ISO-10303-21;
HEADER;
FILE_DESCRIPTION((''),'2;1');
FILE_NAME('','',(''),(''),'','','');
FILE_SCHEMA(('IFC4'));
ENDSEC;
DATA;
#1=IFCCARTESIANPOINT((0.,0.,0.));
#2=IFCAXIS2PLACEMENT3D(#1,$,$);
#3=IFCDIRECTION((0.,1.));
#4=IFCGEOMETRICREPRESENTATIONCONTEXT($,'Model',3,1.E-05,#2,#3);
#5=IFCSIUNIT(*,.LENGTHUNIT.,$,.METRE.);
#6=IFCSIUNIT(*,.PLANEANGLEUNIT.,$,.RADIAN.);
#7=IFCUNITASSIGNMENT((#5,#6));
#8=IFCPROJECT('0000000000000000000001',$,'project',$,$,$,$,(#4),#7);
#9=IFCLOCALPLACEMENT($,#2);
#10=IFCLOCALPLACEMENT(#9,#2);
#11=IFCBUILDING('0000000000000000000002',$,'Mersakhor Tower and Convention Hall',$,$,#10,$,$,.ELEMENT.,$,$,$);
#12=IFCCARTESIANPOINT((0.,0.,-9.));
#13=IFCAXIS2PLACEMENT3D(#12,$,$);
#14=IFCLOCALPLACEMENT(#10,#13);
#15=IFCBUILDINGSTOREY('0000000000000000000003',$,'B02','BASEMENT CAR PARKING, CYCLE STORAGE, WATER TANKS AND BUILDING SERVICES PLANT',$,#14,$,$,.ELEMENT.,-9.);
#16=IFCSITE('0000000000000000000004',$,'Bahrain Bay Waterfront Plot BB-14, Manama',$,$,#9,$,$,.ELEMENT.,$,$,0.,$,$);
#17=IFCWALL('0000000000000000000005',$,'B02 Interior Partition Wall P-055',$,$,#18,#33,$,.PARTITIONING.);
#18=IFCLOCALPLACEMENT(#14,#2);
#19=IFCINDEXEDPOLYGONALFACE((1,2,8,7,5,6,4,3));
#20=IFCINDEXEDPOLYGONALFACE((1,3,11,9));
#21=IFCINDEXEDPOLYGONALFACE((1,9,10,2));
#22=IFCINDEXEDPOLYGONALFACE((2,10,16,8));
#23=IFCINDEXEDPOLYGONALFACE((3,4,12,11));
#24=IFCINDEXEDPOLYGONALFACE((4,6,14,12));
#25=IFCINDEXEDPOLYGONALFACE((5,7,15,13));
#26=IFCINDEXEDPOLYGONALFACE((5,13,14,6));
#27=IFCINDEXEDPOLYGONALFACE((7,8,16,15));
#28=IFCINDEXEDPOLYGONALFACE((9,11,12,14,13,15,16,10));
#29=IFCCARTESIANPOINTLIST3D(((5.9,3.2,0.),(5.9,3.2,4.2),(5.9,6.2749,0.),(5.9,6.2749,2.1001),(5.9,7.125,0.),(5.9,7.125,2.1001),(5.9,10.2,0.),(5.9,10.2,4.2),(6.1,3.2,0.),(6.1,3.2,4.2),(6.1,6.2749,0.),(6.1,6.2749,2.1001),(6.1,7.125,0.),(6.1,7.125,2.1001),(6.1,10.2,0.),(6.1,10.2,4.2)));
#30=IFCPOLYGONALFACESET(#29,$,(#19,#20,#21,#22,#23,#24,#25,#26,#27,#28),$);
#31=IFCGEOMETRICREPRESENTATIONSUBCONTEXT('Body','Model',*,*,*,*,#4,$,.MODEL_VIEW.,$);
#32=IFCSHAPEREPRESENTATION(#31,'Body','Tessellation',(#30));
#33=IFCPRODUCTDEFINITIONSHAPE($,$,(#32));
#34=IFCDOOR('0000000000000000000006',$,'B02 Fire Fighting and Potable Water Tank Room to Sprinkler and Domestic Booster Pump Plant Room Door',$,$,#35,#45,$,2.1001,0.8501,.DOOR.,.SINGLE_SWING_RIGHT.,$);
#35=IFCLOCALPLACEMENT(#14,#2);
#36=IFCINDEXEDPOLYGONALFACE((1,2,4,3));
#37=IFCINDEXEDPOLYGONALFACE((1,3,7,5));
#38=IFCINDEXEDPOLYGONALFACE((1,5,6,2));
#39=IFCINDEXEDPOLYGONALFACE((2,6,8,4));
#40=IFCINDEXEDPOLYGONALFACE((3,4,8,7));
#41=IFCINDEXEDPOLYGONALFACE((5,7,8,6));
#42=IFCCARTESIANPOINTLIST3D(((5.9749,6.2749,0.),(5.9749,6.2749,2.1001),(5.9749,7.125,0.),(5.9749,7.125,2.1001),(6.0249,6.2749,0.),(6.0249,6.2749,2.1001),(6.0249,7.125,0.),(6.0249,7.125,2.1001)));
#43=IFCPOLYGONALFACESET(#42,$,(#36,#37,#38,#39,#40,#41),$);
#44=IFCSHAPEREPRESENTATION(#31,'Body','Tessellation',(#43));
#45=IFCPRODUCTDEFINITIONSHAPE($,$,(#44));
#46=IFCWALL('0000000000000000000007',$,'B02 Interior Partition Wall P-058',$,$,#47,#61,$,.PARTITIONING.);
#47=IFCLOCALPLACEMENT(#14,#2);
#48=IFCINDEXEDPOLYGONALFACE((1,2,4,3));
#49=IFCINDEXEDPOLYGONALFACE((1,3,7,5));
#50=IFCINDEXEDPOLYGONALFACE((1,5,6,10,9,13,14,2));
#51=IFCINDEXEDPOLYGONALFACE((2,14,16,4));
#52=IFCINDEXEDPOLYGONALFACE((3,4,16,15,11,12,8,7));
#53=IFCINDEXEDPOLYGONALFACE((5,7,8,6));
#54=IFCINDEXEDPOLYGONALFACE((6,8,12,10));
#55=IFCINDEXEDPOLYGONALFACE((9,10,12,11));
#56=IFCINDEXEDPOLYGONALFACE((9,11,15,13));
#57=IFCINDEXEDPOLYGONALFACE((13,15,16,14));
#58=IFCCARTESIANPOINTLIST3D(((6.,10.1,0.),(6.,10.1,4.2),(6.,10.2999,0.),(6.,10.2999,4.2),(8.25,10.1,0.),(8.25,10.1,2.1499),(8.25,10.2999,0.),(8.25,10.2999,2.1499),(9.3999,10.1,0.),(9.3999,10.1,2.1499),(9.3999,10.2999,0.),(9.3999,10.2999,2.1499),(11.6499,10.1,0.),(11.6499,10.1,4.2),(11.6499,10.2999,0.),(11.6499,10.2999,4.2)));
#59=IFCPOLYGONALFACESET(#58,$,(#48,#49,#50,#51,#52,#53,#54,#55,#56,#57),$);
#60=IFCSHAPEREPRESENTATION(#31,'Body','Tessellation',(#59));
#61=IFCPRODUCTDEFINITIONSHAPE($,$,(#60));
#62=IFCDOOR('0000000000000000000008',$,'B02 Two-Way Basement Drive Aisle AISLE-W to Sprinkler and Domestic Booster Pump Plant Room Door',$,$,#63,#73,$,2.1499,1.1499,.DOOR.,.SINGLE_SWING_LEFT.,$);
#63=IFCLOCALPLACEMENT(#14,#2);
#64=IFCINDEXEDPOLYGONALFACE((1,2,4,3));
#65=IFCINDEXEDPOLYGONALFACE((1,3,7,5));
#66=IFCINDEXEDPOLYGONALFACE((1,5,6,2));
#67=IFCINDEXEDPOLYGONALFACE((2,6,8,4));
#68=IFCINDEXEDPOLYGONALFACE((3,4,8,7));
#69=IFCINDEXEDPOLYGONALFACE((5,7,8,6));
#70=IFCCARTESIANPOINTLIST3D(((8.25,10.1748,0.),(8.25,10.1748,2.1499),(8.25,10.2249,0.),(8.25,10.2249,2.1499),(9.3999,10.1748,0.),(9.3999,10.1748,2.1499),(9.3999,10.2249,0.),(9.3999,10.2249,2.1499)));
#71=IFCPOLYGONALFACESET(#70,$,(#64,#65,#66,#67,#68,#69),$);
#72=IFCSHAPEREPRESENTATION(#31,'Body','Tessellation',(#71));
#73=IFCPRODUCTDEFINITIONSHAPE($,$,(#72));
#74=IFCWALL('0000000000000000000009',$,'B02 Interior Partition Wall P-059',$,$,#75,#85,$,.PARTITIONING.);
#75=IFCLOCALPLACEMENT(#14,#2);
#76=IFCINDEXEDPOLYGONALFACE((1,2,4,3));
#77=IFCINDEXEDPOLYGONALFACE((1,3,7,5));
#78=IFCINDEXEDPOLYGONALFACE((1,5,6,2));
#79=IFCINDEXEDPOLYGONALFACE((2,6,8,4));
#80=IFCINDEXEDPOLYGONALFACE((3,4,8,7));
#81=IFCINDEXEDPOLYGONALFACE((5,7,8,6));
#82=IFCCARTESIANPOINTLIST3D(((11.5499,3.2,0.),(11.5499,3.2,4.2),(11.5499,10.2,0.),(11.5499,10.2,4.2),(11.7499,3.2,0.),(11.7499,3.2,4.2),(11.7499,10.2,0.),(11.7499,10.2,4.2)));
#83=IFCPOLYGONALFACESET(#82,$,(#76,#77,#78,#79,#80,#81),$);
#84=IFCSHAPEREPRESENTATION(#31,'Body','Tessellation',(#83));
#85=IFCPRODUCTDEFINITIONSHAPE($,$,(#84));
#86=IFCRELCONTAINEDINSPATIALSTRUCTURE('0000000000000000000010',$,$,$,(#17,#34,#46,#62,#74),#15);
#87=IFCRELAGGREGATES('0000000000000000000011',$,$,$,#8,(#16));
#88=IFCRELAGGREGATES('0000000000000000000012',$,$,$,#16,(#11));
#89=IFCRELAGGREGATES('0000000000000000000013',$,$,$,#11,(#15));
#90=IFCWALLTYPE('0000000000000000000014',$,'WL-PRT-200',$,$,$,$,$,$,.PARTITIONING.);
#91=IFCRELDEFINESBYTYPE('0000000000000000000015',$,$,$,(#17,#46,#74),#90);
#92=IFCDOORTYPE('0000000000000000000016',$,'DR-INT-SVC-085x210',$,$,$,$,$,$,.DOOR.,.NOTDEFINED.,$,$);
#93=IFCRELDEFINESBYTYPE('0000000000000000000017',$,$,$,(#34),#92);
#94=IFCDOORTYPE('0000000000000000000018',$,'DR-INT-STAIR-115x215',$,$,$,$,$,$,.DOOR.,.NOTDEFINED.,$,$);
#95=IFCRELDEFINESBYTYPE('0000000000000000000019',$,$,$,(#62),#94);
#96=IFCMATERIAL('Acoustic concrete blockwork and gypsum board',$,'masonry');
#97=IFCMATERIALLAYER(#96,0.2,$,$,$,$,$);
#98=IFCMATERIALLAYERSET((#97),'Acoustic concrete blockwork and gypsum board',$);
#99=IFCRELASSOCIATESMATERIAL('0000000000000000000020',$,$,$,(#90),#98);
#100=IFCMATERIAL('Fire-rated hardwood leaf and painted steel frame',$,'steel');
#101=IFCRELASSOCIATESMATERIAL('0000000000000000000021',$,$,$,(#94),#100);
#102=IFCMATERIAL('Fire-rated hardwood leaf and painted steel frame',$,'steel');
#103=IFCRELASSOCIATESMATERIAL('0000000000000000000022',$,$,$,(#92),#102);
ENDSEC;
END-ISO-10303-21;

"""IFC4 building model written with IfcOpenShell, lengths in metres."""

from ifc_helpers import new_model, si_unit, direction, frame, frame_2d, origin, place, context, subcontext, project, spatial, rectangle, extrude, material, layer, layer_set, type_object, element, fill, save


model = new_model("IFC4")

# Units and contexts
model_context = context("Model", 3, precision=1e-05, world=origin(), true_north=direction((0.0, 1.0)))
body_context = subcontext(model_context, "Body", "Model", "MODEL_VIEW")
ifc_project = project(units=[si_unit("LENGTHUNIT", "METRE"), si_unit("PLANEANGLEUNIT", "RADIAN")], contexts=[model_context])

# Site, building, storey
site_placement = place(None, origin())
site = spatial("IfcSite", under=ifc_project, at=site_placement, Name="Bahrain Bay Waterfront Plot BB-14, Manama", CompositionType="ELEMENT", RefElevation=0.0)
building_placement = place(site_placement, origin())
building = spatial("IfcBuilding", under=site, at=building_placement, Name="Mersakhor Tower and Convention Hall", CompositionType="ELEMENT")
storey_placement = place(building_placement, frame((0.0, 0.0, -9.0)))
storey = spatial("IfcBuildingStorey", under=building, at=storey_placement, Name="B02", Description="BASEMENT CAR PARKING, CYCLE STORAGE, WATER TANKS AND BUILDING SERVICES PLANT", CompositionType="ELEMENT", Elevation=-9.0)

# Shared definitions
ifc_material_1 = material(Name="Acoustic concrete blockwork and gypsum board", Category="masonry")
ifc_layer_1 = layer(ifc_material_1, 0.2)
ifc_layer_set_1 = layer_set([ifc_layer_1], Name="Acoustic concrete blockwork and gypsum board")
wall_type_1 = type_object("IfcWallType", Name="WL-PRT-200", PredefinedType="PARTITIONING", material=ifc_layer_set_1)
ifc_material_2 = material(Name="Fire-rated hardwood leaf and painted steel frame", Category="steel")
door_type_1 = type_object("IfcDoorType", Name="DR-INT-STAIR-115x215", OperationType="NOTDEFINED", PredefinedType="DOOR", material=ifc_material_2)

# Walls, openings, doors
wall_1_placement = place(storey_placement, frame((6.0, 10.2, 0.0), z_axis=(0.0, 0.0, 1.0), x_axis=(0.0, -1.0, 0.0)))
wall_1 = element("IfcWall", 1, at=wall_1_placement, inside=storey, type_object=wall_type_1, Name="B02 Interior Partition Wall P-055", PredefinedType="PARTITIONING", context=body_context, shape_type="SweptSolid", body=[
    extrude(rectangle(XDim=7.0, YDim=0.2, at=frame_2d((3.5, 0.0))), origin(), (0.0, 0.0, 1.0), 4.2),
])
opening_1_placement = place(wall_1_placement, frame((3.075, 0.0, 0.0)))
opening_1 = element("IfcOpeningElement", 2, at=opening_1_placement, cuts=wall_1, PredefinedType="OPENING", context=body_context, shape_type="SweptSolid", body=[
    extrude(rectangle(XDim=0.8501, YDim=2.1001, at=frame_2d((0.425, 1.05))), frame((0.0, 0.1099, 0.0), z_axis=(0.0, -1.0, 0.0), x_axis=(1.0, 0.0, 0.0)), (0.0, 0.0, 1.0), 0.22),
])
ifc_material_3 = material(Name="Fire-rated hardwood leaf and painted steel frame", Category="steel")
door_type_2 = type_object("IfcDoorType", Name="DR-INT-SVC-085x210", OperationType="NOTDEFINED", PredefinedType="DOOR", material=ifc_material_3)
door_1_placement = place(opening_1_placement, origin())
door_1 = element("IfcDoor", 3, at=door_1_placement, inside=storey, type_object=door_type_2, Name="B02 Fire Fighting and Potable Water Tank Room to Sprinkler and Domestic Booster Pump Plant Room Door", OperationType="SINGLE_SWING_RIGHT", OverallHeight=2.1001, OverallWidth=0.8501, PredefinedType="DOOR", context=body_context, shape_type="SweptSolid", body=[
    extrude(rectangle(XDim=0.8501, YDim=2.1001, at=frame_2d((0.425, 1.05))), frame((0.0, 0.0249, 0.0), z_axis=(0.0, -1.0, 0.0), x_axis=(1.0, 0.0, 0.0)), (0.0, 0.0, 1.0), 0.05),
])
fill(opening_1, door_1)
wall_2_placement = place(storey_placement, frame((6.0, 10.2, 0.0), z_axis=(0.0, 0.0, 1.0), x_axis=(1.0, 0.0, 0.0)))
wall_2 = element("IfcWall", 4, at=wall_2_placement, inside=storey, type_object=wall_type_1, Name="B02 Interior Partition Wall P-058", PredefinedType="PARTITIONING", context=body_context, shape_type="SweptSolid", body=[
    extrude(rectangle(XDim=5.6499, YDim=0.2, at=frame_2d((2.825, 0.0))), origin(), (0.0, 0.0, 1.0), 4.2),
])
opening_2_placement = place(wall_2_placement, frame((2.25, 0.0, 0.0)))
opening_2 = element("IfcOpeningElement", 5, at=opening_2_placement, cuts=wall_2, PredefinedType="OPENING", context=body_context, shape_type="SweptSolid", body=[
    extrude(rectangle(XDim=1.1499, YDim=2.1499, at=frame_2d((0.575, 1.075))), frame((0.0, 0.1099, 0.0), z_axis=(0.0, -1.0, 0.0), x_axis=(1.0, 0.0, 0.0)), (0.0, 0.0, 1.0), 0.22),
])
door_2_placement = place(opening_2_placement, origin())
door_2 = element("IfcDoor", 6, at=door_2_placement, inside=storey, type_object=door_type_1, Name="B02 Two-Way Basement Drive Aisle AISLE-W to Sprinkler and Domestic Booster Pump Plant Room Door", OperationType="SINGLE_SWING_LEFT", OverallHeight=2.1499, OverallWidth=1.1499, PredefinedType="DOOR", context=body_context, shape_type="SweptSolid", body=[
    extrude(rectangle(XDim=1.1499, YDim=2.1499, at=frame_2d((0.575, 1.075))), frame((0.0, 0.0249, 0.0), z_axis=(0.0, -1.0, 0.0), x_axis=(1.0, 0.0, 0.0)), (0.0, 0.0, 1.0), 0.05),
])
fill(opening_2, door_2)

# Wall
wall_3_placement = place(storey_placement, frame((11.6499, 10.2, 0.0), z_axis=(0.0, 0.0, 1.0), x_axis=(0.0, -1.0, 0.0)))
element("IfcWall", 7, at=wall_3_placement, inside=storey, type_object=wall_type_1, Name="B02 Interior Partition Wall P-059", PredefinedType="PARTITIONING", context=body_context, shape_type="SweptSolid", body=[
    extrude(rectangle(XDim=7.0, YDim=0.2, at=frame_2d((3.5, 0.0))), origin(), (0.0, 0.0, 1.0), 4.2),
])

save(model, "model.ifc")
